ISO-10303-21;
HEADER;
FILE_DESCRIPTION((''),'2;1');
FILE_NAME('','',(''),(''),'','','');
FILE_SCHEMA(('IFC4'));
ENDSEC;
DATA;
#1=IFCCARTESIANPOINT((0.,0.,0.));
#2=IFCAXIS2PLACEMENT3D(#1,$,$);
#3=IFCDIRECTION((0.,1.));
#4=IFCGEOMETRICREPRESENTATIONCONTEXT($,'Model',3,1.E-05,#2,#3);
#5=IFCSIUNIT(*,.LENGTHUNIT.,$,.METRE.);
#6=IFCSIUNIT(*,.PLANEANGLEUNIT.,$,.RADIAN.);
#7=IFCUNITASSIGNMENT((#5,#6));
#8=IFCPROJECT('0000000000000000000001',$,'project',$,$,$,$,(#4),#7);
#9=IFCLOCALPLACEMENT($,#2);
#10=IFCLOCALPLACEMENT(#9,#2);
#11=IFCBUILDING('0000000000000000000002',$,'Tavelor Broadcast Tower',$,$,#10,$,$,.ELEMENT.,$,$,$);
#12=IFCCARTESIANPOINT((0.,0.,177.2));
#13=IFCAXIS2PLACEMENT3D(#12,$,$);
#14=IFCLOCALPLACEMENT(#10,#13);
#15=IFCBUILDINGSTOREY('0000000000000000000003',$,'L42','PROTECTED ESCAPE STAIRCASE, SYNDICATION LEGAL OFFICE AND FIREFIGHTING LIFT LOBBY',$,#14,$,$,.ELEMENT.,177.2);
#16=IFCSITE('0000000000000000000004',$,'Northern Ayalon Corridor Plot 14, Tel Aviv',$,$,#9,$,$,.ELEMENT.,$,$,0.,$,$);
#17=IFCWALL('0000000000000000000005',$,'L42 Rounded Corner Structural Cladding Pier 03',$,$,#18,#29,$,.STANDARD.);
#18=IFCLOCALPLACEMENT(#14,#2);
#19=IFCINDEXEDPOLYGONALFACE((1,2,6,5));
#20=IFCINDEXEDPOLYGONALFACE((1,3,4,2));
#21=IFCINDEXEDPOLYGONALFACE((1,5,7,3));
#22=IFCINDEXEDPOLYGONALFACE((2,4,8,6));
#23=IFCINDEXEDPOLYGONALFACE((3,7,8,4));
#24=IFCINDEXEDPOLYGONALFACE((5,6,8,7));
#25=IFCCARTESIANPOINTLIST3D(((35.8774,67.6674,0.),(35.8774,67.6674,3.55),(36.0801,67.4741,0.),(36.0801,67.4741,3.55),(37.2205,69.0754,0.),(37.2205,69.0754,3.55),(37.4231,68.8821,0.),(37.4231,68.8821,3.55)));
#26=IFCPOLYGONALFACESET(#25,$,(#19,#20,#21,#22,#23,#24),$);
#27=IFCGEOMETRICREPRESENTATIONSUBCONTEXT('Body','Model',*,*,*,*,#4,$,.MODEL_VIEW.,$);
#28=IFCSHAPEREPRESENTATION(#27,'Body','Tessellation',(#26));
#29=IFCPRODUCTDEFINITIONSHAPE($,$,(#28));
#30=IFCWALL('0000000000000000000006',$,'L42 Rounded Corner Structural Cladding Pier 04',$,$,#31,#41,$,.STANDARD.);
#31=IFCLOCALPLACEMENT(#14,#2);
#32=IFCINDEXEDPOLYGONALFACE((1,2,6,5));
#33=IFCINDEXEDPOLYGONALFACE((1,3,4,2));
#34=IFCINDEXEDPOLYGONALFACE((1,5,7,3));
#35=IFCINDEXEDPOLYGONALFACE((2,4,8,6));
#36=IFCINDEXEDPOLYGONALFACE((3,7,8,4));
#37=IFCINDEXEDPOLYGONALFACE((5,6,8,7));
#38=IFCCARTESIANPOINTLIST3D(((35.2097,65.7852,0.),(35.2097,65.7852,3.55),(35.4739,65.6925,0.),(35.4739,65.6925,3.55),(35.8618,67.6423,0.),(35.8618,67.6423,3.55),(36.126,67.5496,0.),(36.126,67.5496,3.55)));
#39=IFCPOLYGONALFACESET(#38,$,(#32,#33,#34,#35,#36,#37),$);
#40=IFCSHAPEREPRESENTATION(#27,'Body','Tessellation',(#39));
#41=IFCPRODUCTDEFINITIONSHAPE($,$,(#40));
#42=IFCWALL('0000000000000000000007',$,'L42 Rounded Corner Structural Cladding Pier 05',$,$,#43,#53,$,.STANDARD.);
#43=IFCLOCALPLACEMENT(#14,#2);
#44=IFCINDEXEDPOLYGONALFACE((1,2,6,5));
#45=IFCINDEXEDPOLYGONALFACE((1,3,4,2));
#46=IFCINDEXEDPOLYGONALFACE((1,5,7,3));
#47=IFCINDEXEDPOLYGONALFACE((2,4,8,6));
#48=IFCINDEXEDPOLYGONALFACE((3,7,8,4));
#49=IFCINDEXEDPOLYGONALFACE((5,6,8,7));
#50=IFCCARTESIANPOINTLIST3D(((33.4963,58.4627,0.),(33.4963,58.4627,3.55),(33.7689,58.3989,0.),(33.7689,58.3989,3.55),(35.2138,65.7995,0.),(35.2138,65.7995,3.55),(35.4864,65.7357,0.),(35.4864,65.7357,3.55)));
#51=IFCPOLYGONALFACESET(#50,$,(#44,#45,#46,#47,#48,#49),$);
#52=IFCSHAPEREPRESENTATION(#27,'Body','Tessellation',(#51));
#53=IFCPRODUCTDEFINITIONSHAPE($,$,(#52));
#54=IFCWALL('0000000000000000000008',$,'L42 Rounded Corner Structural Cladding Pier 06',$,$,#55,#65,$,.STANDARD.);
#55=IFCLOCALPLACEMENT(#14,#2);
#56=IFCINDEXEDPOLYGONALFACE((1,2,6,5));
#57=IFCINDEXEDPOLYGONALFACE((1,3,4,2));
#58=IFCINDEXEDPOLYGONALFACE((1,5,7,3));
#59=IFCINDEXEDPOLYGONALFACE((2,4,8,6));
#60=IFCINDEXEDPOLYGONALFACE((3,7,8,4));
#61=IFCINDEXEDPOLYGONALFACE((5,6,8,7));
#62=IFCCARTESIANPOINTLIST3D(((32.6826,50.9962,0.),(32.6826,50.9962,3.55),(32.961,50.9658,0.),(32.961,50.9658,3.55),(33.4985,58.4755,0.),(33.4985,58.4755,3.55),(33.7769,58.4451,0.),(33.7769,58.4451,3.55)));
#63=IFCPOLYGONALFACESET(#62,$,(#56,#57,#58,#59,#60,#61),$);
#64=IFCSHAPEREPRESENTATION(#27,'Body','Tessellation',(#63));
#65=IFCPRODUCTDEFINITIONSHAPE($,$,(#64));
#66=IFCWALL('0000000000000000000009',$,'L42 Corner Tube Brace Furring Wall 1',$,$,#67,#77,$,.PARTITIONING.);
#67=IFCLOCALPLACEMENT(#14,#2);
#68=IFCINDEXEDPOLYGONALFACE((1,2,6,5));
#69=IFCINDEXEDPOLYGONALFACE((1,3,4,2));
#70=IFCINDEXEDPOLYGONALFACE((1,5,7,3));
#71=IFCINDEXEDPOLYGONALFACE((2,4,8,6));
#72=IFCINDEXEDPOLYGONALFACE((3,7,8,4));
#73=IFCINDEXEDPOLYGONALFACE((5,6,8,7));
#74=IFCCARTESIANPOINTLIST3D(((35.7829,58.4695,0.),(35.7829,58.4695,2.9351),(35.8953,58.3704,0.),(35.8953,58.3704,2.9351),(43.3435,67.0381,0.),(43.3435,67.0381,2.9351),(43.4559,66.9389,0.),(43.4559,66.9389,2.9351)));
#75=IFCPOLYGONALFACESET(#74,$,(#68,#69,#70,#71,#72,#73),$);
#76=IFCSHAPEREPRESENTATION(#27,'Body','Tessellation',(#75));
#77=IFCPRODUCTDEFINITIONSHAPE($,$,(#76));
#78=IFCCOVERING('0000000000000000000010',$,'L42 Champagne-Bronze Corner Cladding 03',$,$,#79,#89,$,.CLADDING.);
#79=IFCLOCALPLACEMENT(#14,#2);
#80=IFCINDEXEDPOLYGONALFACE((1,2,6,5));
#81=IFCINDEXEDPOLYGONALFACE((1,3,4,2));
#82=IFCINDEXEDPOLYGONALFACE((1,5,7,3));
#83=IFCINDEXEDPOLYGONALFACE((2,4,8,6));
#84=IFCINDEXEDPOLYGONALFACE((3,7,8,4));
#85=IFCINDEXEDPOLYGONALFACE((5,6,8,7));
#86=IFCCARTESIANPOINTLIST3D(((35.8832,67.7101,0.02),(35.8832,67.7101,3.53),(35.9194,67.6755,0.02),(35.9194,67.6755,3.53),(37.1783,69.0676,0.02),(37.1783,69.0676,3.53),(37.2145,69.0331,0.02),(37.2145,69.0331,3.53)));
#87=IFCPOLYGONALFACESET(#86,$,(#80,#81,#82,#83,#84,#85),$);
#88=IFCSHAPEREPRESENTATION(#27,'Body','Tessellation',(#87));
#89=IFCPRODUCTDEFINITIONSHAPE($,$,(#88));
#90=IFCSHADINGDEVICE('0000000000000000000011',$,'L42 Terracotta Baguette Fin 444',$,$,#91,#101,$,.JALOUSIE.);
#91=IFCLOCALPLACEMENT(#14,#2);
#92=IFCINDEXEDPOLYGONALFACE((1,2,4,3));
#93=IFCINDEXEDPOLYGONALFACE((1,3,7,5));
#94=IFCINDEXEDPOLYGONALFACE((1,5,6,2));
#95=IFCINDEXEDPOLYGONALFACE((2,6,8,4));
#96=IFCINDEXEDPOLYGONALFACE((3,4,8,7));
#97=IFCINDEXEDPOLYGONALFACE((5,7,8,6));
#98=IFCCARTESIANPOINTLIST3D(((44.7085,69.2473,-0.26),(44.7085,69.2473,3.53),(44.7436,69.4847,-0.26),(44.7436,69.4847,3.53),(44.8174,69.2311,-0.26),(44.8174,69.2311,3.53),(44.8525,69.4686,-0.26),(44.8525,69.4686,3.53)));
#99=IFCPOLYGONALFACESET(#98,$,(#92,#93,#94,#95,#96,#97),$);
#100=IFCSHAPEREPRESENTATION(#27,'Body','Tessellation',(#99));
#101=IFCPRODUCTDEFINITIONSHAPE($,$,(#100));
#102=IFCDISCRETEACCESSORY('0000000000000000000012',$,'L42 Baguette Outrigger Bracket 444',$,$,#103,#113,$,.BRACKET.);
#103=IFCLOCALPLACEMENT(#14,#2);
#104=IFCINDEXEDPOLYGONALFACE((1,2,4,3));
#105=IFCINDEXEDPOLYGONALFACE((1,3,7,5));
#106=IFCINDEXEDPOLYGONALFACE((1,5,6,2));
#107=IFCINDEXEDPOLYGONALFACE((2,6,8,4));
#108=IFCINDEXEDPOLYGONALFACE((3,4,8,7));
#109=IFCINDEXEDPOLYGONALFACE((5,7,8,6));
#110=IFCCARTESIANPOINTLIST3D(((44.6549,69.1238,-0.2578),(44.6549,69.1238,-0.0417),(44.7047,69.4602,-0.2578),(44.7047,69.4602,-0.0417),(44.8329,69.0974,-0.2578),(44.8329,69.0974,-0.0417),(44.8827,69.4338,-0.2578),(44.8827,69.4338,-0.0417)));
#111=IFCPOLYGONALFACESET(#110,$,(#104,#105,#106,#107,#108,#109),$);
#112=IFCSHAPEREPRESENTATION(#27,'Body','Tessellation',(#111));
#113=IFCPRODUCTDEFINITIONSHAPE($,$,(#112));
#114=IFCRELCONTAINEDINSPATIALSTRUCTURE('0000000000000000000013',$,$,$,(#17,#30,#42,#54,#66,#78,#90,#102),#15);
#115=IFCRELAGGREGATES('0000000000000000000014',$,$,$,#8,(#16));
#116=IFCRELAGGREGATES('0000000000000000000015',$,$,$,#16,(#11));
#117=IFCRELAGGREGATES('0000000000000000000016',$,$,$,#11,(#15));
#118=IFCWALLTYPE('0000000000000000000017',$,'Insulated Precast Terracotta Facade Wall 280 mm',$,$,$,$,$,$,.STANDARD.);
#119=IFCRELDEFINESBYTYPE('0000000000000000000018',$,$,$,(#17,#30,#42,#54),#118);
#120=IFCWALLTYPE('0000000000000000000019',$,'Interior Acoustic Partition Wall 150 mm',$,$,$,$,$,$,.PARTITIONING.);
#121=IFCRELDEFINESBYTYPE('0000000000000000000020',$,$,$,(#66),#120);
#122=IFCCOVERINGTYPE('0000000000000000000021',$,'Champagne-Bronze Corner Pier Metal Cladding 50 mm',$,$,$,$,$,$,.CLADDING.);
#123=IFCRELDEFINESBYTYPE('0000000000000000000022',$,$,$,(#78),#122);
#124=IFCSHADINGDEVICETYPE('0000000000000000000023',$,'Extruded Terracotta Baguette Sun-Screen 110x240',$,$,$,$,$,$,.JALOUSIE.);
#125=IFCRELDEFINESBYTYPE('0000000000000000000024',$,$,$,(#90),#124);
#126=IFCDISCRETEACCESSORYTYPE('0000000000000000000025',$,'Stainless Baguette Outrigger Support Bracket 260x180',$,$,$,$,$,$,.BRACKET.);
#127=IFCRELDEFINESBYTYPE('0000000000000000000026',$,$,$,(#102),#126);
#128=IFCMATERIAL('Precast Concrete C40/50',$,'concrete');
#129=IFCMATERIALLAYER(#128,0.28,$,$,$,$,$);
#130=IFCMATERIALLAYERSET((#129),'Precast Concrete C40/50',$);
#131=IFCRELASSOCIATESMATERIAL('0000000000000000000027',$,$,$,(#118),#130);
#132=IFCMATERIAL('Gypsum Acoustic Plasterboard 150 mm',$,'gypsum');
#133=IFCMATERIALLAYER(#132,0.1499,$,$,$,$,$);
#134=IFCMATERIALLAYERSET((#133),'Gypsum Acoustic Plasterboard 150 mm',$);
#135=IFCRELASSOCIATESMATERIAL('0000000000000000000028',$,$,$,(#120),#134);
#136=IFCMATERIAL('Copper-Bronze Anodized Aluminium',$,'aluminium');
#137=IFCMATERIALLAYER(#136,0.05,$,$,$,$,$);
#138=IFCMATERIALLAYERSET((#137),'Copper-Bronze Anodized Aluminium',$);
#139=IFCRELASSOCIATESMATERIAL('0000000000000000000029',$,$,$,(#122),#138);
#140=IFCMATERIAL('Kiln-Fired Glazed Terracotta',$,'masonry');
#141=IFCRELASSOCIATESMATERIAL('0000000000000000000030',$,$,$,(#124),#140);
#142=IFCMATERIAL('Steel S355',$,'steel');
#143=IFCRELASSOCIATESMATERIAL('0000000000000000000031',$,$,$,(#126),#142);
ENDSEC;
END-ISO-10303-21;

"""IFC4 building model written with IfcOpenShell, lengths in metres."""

from ifc_helpers import new_model, si_unit, direction, frame, frame_2d, origin, origin_2d, place, context, subcontext, project, spatial, rectangle, extrude, source, transform, mapped, material, layer, layer_set, type_object, type_shapes, element, save


model = new_model("IFC4")

# Units and contexts
model_context = context("Model", 3, precision=1e-05, world=origin(), true_north=direction((0.0, 1.0)))
body_context = subcontext(model_context, "Body", "Model", "MODEL_VIEW")
ifc_project = project(units=[si_unit("LENGTHUNIT", "METRE"), si_unit("PLANEANGLEUNIT", "RADIAN")], contexts=[model_context])

# Site, building, storey
site_placement = place(None, origin())
site = spatial("IfcSite", under=ifc_project, at=site_placement, Name="Northern Ayalon Corridor Plot 14, Tel Aviv", CompositionType="ELEMENT", RefElevation=0.0)
building_placement = place(site_placement, origin())
building = spatial("IfcBuilding", under=site, at=building_placement, Name="Tavelor Broadcast Tower", CompositionType="ELEMENT")
storey_placement = place(building_placement, frame((0.0, 0.0, 177.2)))
storey = spatial("IfcBuildingStorey", under=building, at=storey_placement, Name="L42", Description="PROTECTED ESCAPE STAIRCASE, SYNDICATION LEGAL OFFICE AND FIREFIGHTING LIFT LOBBY", CompositionType="ELEMENT", Elevation=177.2)

# Shared definitions
ifc_material_1 = material(Name="Steel S355", Category="steel")

# Walls
ifc_material_2 = material(Name="Precast Concrete C40/50", Category="concrete")
ifc_layer_1 = layer(ifc_material_2, 0.28)
ifc_layer_set_1 = layer_set([ifc_layer_1], Name="Precast Concrete C40/50")
wall_type_1 = type_object("IfcWallType", Name="Insulated Precast Terracotta Facade Wall 280 mm", PredefinedType="STANDARD", material=ifc_layer_set_1)
wall_1_placement = place(storey_placement, frame((37.3218, 68.9788, 0.0), z_axis=(0.0, 0.0, 1.0), x_axis=(-0.690222, -0.723598, 0.0)))
element("IfcWall", 1, at=wall_1_placement, inside=storey, type_object=wall_type_1, Name="L42 Rounded Corner Structural Cladding Pier 03", PredefinedType="STANDARD", context=body_context, shape_type="SweptSolid", body=[
    extrude(rectangle(XDim=1.9458, YDim=0.28, at=frame_2d((0.9729, 0.0))), origin(), (0.0, 0.0, 1.0), 3.55),
])
wall_2_placement = place(storey_placement, frame((35.9939, 67.5959, 0.0), z_axis=(0.0, 0.0, 1.0), x_axis=(-0.331295, -0.943527, 0.0)))
element("IfcWall", 2, at=wall_2_placement, inside=storey, type_object=wall_type_1, Name="L42 Rounded Corner Structural Cladding Pier 04", PredefinedType="STANDARD", context=body_context, shape_type="SweptSolid", body=[
    extrude(rectangle(XDim=1.9683, YDim=0.28, at=frame_2d((0.9841, 0.0))), origin(), (0.0, 0.0, 1.0), 3.55),
])
wall_3_placement = place(storey_placement, frame((35.3501, 65.7676, 0.0), z_axis=(0.0, 0.0, 1.0), x_axis=(-0.227932, -0.973677, 0.0)))
element("IfcWall", 3, at=wall_3_placement, inside=storey, type_object=wall_type_1, Name="L42 Rounded Corner Structural Cladding Pier 05", PredefinedType="STANDARD", context=body_context, shape_type="SweptSolid", body=[
    extrude(rectangle(XDim=7.5352, YDim=0.28, at=frame_2d((3.7676, 0.0))), origin(), (0.0, 0.0, 1.0), 3.55),
])
wall_4_placement = place(storey_placement, frame((33.6377, 58.4602, 0.0), z_axis=(0.0, 0.0, 1.0), x_axis=(-0.108448, -0.994102, 0.0)))
element("IfcWall", 4, at=wall_4_placement, inside=storey, type_object=wall_type_1, Name="L42 Rounded Corner Structural Cladding Pier 06", PredefinedType="STANDARD", context=body_context, shape_type="SweptSolid", body=[
    extrude(rectangle(XDim=7.5237, YDim=0.28, at=frame_2d((3.7617, 0.0))), origin(), (0.0, 0.0, 1.0), 3.55),
])
ifc_material_3 = material(Name="Gypsum Acoustic Plasterboard 150 mm", Category="gypsum")
ifc_layer_2 = layer(ifc_material_3, 0.1499)
ifc_layer_set_2 = layer_set([ifc_layer_2], Name="Gypsum Acoustic Plasterboard 150 mm")
wall_type_2 = type_object("IfcWallType", Name="Interior Acoustic Partition Wall 150 mm", PredefinedType="PARTITIONING", material=ifc_layer_set_2)
wall_5_placement = place(storey_placement, frame((43.3997, 66.9885, 0.0), z_axis=(0.0, 0.0, 1.0), x_axis=(-0.661622, -0.749837, 0.0)))
element("IfcWall", 5, at=wall_5_placement, inside=storey, type_object=wall_type_2, Name="L42 Corner Tube Brace Furring Wall 1", PredefinedType="PARTITIONING", context=body_context, shape_type="SweptSolid", body=[
    extrude(rectangle(XDim=11.4272, YDim=0.1499, at=frame_2d((5.7136, 0.0))), origin(), (0.0, 0.0, 1.0), 2.9351),
])

# Covering
ifc_material_4 = material(Name="Copper-Bronze Anodized Aluminium", Category="aluminium")
ifc_layer_3 = layer(ifc_material_4, 0.05)
ifc_layer_set_3 = layer_set([ifc_layer_3], Name="Copper-Bronze Anodized Aluminium")
covering_type = type_object("IfcCoveringType", Name="Champagne-Bronze Corner Pier Metal Cladding 50 mm", PredefinedType="CLADDING", material=ifc_layer_set_3)
covering_placement = place(storey_placement, frame((36.5488, 68.3716, 0.02), z_axis=(0.0, 0.0, 1.0), x_axis=(-0.690251, -0.72357, 0.0)))
element("IfcCovering", 6, at=covering_placement, inside=storey, type_object=covering_type, Name="L42 Champagne-Bronze Corner Cladding 03", PredefinedType="CLADDING", context=body_context, shape_type="SweptSolid", body=[
    extrude(rectangle(XDim=1.8762, YDim=0.05, at=origin_2d()), origin(), (0.0, 0.0, 1.0), 3.51),
])

# Shading device
ifc_material_5 = material(Name="Kiln-Fired Glazed Terracotta", Category="masonry")
shading_device_type = type_object("IfcShadingDeviceType", Name="Extruded Terracotta Baguette Sun-Screen 110x240", PredefinedType="JALOUSIE", material=ifc_material_5)
shared_shape_1 = source(origin(), body_context, "Body", "SweptSolid", [
    extrude(rectangle(XDim=0.1101, YDim=0.24, at=origin_2d()), origin(), (0.0, 0.0, 1.0), 3.79),
])
type_shapes(shading_device_type, [shared_shape_1])
shading_device_placement = place(storey_placement, frame((44.7805, 69.3579, -0.26), z_axis=(0.0, 0.0, 1.0), x_axis=(-0.989221, 0.146428, 0.0)))
element("IfcShadingDevice", 7, at=shading_device_placement, inside=storey, type_object=shading_device_type, Name="L42 Terracotta Baguette Fin 444", PredefinedType="JALOUSIE", context=body_context, shape_type="MappedRepresentation", body=[
    mapped(shared_shape_1, transform((0.0, 0.0, 0.0), scale=1.0)),
])

# Discrete accessory
discrete_accessory_type = type_object("IfcDiscreteAccessoryType", Name="Stainless Baguette Outrigger Support Bracket 260x180", PredefinedType="BRACKET", material=ifc_material_1)
shared_shape_2 = source(origin(), body_context, "Body", "SweptSolid", [
    extrude(rectangle(XDim=0.1799, YDim=0.3401, at=origin_2d()), origin(), (0.0, 0.0, 1.0), 0.2161),
])
type_shapes(discrete_accessory_type, [shared_shape_2])
discrete_accessory_placement = place(storey_placement, frame((44.7688, 69.2788, -0.2578), z_axis=(0.0, 0.0, 1.0), x_axis=(-0.989221, 0.146428, 0.0)))
element("IfcDiscreteAccessory", 8, at=discrete_accessory_placement, inside=storey, type_object=discrete_accessory_type, Name="L42 Baguette Outrigger Bracket 444", PredefinedType="BRACKET", context=body_context, shape_type="MappedRepresentation", body=[
    mapped(shared_shape_2, transform((0.0, 0.0, 0.0), scale=1.0)),
])

save(model, "model.ifc")
